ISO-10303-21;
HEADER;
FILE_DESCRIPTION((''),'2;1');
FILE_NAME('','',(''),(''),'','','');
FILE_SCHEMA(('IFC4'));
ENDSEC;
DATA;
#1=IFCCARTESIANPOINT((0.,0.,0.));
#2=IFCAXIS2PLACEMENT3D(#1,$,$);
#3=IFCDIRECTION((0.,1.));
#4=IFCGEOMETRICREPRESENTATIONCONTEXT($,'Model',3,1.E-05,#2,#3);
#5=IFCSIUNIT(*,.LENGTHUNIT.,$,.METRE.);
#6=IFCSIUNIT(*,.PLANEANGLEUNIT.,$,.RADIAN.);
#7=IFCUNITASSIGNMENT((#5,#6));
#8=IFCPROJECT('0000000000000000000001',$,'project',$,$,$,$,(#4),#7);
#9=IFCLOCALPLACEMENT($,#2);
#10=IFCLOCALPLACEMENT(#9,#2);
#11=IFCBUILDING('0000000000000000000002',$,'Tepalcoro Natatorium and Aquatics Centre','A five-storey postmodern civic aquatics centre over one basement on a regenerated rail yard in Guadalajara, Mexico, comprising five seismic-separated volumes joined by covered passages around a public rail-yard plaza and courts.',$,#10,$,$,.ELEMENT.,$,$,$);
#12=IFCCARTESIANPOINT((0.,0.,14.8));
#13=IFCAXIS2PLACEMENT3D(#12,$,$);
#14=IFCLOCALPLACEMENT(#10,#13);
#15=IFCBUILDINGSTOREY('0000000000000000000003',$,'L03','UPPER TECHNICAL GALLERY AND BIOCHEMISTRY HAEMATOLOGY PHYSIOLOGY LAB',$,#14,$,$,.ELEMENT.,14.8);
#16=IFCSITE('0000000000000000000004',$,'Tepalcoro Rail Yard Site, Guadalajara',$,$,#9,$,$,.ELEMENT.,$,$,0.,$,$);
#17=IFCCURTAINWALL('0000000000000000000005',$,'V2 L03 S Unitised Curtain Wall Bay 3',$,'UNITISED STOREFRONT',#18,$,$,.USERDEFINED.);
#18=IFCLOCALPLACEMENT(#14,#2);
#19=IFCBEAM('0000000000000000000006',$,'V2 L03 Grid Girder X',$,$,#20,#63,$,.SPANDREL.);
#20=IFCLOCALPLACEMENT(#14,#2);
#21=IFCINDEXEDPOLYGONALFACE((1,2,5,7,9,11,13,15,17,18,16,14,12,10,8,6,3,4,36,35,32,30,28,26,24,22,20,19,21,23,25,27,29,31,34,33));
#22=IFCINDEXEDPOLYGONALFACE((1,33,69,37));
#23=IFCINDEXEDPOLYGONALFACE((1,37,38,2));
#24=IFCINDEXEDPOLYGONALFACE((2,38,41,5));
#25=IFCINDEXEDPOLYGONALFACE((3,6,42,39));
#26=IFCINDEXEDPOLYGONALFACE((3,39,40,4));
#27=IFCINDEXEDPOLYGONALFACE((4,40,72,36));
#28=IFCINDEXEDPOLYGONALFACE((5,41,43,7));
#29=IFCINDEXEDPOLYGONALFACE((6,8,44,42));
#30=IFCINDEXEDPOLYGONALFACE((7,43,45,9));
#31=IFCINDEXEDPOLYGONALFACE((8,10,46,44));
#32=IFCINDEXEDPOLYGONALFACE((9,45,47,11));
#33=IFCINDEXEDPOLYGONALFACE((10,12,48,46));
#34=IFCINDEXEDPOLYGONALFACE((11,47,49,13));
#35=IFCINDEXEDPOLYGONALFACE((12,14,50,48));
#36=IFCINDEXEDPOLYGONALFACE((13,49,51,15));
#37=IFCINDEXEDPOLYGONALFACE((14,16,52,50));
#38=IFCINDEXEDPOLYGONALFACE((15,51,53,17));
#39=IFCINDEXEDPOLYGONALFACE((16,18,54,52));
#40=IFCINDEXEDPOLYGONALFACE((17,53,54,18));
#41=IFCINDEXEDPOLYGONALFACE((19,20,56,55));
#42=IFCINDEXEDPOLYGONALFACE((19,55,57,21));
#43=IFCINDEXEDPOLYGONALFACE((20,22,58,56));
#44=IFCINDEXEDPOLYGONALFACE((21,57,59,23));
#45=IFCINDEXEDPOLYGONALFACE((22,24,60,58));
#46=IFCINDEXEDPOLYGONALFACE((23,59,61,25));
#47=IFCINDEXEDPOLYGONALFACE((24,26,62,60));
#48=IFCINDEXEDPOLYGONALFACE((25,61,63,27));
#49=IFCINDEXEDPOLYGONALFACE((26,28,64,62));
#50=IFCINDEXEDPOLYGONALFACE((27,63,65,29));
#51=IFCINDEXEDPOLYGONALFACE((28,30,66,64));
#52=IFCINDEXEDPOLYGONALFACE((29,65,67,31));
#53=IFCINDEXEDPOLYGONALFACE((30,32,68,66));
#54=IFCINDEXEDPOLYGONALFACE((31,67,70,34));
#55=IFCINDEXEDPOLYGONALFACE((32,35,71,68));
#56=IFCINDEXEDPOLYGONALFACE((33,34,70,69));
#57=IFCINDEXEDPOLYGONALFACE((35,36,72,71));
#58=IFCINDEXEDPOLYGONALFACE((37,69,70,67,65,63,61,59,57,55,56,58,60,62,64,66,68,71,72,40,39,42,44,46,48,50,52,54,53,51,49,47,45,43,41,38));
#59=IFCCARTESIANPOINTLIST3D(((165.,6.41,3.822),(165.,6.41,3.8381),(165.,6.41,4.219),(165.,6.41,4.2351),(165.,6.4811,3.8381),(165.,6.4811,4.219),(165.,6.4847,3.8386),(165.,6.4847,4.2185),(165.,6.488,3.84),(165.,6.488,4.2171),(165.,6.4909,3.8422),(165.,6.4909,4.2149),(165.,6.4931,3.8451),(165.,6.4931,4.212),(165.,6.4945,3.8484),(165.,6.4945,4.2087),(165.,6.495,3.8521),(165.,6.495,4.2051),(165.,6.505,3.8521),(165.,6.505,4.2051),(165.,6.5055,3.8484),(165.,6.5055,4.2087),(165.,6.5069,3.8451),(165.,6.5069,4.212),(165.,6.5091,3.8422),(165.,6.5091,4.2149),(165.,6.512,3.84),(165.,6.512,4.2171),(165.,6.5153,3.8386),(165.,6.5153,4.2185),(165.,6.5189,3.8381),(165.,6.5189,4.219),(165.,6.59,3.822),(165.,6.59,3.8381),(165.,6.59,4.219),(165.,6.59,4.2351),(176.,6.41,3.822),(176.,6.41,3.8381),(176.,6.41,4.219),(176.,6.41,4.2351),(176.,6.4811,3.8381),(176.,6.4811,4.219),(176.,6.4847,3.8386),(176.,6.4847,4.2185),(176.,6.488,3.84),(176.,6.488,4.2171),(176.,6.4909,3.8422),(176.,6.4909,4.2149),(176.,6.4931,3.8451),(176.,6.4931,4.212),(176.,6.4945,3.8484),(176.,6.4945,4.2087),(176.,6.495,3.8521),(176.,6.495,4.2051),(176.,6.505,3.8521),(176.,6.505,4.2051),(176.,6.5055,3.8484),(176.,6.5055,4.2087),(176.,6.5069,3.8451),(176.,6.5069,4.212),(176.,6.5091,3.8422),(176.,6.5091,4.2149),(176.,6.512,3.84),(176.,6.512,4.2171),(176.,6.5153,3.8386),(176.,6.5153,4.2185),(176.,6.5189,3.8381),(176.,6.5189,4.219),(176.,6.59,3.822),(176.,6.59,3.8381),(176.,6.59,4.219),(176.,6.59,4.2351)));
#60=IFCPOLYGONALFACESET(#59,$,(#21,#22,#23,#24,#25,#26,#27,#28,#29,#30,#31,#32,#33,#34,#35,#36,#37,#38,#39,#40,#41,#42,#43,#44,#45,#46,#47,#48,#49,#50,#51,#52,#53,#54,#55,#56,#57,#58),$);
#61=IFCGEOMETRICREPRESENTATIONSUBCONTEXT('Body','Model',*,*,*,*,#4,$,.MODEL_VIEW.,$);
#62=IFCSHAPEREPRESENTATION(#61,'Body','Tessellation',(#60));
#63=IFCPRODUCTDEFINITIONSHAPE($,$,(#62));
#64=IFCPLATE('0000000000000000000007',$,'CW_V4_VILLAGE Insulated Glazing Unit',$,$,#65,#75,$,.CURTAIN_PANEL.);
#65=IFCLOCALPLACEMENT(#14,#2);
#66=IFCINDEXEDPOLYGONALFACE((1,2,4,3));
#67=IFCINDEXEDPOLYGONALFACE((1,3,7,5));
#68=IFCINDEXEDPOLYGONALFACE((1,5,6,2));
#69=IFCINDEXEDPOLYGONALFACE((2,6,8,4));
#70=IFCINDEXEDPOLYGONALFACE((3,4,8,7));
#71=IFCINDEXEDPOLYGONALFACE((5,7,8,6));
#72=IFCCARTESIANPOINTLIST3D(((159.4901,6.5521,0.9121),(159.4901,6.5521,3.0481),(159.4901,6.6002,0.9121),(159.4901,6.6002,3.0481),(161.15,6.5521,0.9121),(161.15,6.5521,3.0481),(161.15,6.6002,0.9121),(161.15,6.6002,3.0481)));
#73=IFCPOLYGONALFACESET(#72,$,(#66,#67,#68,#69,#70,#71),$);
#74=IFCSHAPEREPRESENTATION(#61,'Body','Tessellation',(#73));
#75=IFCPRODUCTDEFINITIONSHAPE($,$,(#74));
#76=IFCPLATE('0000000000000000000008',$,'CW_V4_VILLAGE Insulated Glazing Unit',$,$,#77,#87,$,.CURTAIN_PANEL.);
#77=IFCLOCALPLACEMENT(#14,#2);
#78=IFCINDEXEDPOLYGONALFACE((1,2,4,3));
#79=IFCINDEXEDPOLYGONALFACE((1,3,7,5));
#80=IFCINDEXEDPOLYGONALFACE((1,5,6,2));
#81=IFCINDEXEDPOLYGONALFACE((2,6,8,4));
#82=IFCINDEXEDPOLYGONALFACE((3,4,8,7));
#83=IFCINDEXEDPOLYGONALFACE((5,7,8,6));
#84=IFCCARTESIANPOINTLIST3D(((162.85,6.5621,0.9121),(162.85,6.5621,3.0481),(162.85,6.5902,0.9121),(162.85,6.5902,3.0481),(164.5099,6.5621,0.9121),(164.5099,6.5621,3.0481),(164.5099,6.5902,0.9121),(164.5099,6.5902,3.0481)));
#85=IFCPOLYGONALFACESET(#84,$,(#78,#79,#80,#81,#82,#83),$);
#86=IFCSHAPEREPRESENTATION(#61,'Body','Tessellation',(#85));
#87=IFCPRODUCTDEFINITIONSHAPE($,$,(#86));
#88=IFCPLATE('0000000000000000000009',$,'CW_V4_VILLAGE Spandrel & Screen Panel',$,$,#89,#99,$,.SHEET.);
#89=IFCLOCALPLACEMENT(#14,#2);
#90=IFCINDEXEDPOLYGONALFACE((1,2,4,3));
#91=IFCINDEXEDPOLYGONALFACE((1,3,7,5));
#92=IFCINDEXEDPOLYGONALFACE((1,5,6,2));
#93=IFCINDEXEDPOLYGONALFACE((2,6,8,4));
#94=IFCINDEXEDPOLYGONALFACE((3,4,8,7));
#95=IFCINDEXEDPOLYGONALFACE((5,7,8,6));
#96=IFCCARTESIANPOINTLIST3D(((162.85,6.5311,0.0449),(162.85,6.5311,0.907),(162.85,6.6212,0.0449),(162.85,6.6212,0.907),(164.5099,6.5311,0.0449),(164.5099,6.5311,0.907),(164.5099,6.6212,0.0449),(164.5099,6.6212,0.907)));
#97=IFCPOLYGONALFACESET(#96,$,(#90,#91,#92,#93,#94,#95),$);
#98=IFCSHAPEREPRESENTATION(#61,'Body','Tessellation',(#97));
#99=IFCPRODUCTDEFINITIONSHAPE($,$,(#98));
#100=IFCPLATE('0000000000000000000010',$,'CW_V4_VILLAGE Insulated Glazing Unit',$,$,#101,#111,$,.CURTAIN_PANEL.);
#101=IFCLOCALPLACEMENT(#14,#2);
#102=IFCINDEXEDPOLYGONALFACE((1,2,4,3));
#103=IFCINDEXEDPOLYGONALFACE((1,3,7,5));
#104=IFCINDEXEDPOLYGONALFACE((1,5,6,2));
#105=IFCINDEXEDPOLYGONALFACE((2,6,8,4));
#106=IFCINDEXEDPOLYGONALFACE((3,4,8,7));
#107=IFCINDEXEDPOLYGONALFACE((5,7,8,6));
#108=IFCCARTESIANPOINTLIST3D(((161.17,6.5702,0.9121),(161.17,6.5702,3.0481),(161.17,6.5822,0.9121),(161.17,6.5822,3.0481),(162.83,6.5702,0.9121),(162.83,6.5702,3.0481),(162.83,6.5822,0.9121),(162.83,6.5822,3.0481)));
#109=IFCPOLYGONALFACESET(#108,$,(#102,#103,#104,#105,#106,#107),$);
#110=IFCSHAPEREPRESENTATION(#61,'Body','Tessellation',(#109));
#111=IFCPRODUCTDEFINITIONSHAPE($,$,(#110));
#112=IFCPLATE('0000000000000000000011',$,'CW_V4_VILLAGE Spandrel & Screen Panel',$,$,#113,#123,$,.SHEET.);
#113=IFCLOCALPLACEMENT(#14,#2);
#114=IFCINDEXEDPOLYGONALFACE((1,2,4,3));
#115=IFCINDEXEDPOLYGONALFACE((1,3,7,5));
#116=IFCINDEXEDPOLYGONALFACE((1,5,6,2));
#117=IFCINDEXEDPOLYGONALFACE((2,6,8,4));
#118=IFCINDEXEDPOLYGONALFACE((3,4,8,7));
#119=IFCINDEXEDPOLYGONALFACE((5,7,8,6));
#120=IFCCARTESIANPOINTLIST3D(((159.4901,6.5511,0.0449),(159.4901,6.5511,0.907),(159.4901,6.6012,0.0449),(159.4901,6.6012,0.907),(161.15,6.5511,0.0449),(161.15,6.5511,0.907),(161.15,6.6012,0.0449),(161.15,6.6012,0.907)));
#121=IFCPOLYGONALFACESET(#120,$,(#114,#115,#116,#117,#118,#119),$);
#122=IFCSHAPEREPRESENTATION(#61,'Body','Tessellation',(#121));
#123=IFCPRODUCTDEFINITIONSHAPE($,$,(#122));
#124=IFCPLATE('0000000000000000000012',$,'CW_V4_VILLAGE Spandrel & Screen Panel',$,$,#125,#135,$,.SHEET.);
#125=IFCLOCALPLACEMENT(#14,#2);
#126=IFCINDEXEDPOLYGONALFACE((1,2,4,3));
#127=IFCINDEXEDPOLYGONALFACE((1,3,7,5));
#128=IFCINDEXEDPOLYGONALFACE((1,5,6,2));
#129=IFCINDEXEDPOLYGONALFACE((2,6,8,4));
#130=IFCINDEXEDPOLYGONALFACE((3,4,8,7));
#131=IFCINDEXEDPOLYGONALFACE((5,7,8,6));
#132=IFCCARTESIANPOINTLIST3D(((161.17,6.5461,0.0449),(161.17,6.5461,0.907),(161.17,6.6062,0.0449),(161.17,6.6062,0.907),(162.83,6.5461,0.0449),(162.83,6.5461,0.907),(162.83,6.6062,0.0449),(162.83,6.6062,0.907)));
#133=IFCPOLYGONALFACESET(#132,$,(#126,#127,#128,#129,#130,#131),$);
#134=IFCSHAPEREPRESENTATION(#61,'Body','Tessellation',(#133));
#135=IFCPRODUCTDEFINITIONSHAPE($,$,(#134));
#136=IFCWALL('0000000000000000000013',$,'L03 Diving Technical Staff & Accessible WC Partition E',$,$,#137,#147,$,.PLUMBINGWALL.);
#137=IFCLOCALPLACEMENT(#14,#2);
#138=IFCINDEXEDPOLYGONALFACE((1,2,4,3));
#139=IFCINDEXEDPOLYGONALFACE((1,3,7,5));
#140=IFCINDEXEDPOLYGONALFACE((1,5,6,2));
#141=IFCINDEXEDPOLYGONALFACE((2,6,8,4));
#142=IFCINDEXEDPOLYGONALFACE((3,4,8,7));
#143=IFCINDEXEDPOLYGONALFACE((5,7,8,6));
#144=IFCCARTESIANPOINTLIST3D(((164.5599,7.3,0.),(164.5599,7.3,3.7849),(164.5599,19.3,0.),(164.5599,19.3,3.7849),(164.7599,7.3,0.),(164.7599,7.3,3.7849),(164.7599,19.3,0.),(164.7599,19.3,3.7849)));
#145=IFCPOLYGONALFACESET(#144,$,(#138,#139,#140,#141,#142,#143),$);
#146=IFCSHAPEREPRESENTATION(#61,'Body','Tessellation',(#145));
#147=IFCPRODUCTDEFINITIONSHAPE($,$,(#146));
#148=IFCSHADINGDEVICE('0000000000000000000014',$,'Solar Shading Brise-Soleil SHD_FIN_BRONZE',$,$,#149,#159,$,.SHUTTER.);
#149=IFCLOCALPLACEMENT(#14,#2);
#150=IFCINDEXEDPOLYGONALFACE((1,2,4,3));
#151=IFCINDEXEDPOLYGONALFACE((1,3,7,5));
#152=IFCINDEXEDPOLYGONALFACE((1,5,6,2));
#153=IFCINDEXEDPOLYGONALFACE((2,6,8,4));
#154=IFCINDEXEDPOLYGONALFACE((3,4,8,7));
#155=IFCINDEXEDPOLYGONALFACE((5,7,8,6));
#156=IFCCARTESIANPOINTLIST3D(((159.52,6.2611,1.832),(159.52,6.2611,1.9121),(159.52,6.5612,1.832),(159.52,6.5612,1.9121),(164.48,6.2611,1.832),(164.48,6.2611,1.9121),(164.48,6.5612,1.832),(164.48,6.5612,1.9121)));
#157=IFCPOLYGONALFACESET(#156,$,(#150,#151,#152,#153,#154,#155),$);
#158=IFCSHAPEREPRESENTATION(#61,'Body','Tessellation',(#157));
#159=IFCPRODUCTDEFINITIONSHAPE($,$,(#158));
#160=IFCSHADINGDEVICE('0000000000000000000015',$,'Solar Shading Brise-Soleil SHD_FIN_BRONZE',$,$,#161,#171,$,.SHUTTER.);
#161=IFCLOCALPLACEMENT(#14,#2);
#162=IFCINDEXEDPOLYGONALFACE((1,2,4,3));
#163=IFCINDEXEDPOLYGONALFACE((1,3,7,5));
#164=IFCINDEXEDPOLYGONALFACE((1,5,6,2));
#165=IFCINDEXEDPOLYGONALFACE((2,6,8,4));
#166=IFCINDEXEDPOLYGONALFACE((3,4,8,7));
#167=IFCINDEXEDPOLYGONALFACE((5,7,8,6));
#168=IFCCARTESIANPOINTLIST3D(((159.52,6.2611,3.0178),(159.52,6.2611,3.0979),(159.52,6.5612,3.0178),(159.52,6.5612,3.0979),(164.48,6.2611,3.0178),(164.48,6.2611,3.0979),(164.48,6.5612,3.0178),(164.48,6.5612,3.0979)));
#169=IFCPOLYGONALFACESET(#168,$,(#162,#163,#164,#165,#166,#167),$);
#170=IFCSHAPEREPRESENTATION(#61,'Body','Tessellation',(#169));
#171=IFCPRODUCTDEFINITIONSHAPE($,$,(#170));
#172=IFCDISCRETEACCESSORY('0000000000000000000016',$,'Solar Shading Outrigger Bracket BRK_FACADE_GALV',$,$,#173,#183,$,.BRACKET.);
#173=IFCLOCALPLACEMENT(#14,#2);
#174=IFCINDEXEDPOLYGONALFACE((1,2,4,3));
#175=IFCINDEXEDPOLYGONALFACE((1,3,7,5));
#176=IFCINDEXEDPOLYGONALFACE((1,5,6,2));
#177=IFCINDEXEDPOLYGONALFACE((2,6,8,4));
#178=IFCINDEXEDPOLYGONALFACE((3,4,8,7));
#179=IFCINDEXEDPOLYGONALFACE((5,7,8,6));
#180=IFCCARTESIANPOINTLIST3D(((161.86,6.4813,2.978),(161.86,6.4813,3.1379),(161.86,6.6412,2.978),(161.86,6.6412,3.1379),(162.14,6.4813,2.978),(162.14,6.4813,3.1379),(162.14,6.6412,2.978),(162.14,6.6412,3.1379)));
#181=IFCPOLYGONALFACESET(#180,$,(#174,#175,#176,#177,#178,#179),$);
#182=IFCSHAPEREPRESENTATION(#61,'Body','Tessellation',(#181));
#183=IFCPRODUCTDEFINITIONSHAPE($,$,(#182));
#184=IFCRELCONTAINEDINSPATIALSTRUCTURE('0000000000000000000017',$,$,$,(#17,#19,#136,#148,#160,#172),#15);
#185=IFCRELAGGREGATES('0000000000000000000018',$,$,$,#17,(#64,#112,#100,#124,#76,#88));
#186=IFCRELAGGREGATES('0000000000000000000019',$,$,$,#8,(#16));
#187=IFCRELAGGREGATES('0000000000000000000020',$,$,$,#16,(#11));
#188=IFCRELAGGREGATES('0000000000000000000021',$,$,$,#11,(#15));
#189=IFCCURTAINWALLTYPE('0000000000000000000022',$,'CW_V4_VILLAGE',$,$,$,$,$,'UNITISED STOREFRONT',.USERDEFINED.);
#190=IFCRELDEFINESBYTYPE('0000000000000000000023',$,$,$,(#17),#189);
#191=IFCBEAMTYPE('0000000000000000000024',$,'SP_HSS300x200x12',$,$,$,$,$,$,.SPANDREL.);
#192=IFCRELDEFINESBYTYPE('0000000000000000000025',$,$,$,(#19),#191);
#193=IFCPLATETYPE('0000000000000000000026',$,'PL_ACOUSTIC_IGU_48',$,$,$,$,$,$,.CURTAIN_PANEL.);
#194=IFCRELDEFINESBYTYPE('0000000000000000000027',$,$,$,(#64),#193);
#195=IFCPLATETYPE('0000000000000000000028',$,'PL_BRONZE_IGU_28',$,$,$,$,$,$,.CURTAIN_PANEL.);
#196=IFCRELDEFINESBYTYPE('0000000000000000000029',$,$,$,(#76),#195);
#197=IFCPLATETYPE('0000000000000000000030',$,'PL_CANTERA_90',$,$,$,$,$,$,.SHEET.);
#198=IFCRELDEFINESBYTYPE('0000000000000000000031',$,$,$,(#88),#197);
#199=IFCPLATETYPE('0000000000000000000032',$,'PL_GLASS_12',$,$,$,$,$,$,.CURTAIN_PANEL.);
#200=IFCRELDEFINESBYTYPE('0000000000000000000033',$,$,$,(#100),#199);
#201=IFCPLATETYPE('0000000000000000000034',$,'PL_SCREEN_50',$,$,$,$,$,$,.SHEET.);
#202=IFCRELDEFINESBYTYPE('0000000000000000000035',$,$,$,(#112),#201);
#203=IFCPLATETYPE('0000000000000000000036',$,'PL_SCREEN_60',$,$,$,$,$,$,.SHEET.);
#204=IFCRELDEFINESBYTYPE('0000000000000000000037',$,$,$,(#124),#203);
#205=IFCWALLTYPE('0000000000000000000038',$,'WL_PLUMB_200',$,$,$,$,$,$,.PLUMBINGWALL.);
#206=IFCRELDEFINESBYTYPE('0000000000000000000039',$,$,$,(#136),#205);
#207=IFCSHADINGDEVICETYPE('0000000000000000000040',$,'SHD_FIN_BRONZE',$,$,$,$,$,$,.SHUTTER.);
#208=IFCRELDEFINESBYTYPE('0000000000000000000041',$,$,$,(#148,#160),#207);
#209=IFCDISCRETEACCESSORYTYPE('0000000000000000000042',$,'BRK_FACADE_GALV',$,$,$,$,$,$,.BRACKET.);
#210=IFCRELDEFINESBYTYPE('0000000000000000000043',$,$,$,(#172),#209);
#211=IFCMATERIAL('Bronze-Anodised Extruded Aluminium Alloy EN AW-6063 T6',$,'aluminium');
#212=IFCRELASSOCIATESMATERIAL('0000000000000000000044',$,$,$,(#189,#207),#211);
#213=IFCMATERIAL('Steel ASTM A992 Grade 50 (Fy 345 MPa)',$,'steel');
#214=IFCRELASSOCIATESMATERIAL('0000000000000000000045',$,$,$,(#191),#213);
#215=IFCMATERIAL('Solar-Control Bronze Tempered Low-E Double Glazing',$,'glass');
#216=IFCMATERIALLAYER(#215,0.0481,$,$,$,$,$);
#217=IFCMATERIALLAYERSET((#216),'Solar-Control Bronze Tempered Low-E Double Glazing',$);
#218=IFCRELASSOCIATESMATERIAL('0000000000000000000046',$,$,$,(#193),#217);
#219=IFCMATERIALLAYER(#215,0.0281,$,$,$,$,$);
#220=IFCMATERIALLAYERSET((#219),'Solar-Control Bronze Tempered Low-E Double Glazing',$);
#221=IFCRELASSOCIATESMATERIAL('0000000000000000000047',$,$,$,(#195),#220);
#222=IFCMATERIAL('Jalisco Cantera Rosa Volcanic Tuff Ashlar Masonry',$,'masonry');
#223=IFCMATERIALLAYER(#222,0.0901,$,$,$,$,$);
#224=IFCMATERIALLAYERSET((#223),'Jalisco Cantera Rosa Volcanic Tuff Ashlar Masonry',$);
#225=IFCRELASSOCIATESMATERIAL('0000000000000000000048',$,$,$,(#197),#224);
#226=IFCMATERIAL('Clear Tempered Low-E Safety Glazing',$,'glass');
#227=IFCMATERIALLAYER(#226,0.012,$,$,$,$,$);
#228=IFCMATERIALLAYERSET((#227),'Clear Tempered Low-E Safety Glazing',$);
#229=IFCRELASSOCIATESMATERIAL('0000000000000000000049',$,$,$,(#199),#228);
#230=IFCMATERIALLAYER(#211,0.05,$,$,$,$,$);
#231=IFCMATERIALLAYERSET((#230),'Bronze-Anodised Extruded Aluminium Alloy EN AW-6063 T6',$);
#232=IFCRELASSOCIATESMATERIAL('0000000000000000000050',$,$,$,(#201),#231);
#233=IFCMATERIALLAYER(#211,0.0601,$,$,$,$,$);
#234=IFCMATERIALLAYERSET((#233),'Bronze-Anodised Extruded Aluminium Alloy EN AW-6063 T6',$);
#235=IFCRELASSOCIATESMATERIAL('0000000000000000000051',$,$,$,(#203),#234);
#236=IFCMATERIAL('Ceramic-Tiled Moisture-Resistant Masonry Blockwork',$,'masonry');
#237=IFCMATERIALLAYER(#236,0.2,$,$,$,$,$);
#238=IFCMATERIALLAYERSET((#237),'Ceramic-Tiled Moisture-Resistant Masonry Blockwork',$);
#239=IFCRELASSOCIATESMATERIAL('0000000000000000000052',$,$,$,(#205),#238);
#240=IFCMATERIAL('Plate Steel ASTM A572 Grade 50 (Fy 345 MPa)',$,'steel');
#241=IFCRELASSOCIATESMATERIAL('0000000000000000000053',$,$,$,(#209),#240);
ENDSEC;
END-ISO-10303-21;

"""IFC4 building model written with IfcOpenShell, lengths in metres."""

from ifc_helpers import new_model, si_unit, direction, frame, frame_2d, origin, origin_2d, place, context, subcontext, project, spatial, rectangle, i_section, extrude, material, layer, layer_set, material_profile, profile_set, type_object, element, aggregate, save


model = new_model("IFC4")

# Units and contexts
model_context = context("Model", 3, precision=1e-05, world=origin(), true_north=direction((0.0, 1.0)))
body_context = subcontext(model_context, "Body", "Model", "MODEL_VIEW")
ifc_project = project(units=[si_unit("LENGTHUNIT", "METRE"), si_unit("PLANEANGLEUNIT", "RADIAN")], contexts=[model_context])

# Site, building, storey
site_placement = place(None, origin())
site = spatial("IfcSite", under=ifc_project, at=site_placement, Name="Tepalcoro Rail Yard Site, Guadalajara", CompositionType="ELEMENT", RefElevation=0.0)
building_placement = place(site_placement, origin())
building = spatial("IfcBuilding", under=site, at=building_placement, Name="Tepalcoro Natatorium and Aquatics Centre", Description="A five-storey postmodern civic aquatics centre over one basement on a regenerated rail yard in Guadalajara, Mexico, comprising five seismic-separated volumes joined by covered passages around a public rail-yard plaza and courts.", CompositionType="ELEMENT")
storey_placement = place(building_placement, frame((0.0, 0.0, 14.8)))
storey = spatial("IfcBuildingStorey", under=building, at=storey_placement, Name="L03", Description="UPPER TECHNICAL GALLERY AND BIOCHEMISTRY HAEMATOLOGY PHYSIOLOGY LAB", CompositionType="ELEMENT", Elevation=14.8)

# Shared definitions
ifc_material_1 = material(Name="Steel ASTM A992 Grade 50 (Fy 345 MPa)", Category="steel")

# Shared definitions
ifc_material_2 = material(Name="Bronze-Anodised Extruded Aluminium Alloy EN AW-6063 T6", Category="aluminium")

# Curtain wall
curtain_wall_type_1 = type_object("IfcCurtainWallType", Name="CW_V4_VILLAGE", ElementType="UNITISED STOREFRONT", PredefinedType="USERDEFINED", material=ifc_material_2)
curtain_wall_1_placement = place(storey_placement, origin())
curtain_wall_1 = element("IfcCurtainWall", 1, at=curtain_wall_1_placement, inside=storey, type_object=curtain_wall_type_1, Name="V2 L03 S Unitised Curtain Wall Bay 3", ObjectType="UNITISED STOREFRONT", PredefinedType="USERDEFINED")

# Beam
ifc_material_profile_1 = material_profile(ifc_material_1, i_section(OverallWidth=0.1799, OverallDepth=0.4131, WebThickness=0.01, FlangeThickness=0.0161, FilletRadius=0.0139, at=origin_2d()), Name="W16X50")
ifc_profile_set_1 = profile_set([ifc_material_profile_1], Name="Steel ASTM A992 Grade 50 (Fy 345 MPa)")
beam_type = type_object("IfcBeamType", Name="SP_HSS300x200x12", PredefinedType="SPANDREL", material=ifc_profile_set_1)
beam_placement = place(storey_placement, frame((165.0, 6.5, 4.0286), z_axis=(1.0, 0.0, 0.0), x_axis=(0.0, 1.0, 0.0)))
element("IfcBeam", 2, at=beam_placement, inside=storey, type_object=beam_type, Name="V2 L03 Grid Girder X", PredefinedType="SPANDREL", context=body_context, shape_type="SweptSolid", body=[
    extrude(i_section(OverallWidth=0.1799, OverallDepth=0.4131, WebThickness=0.01, FlangeThickness=0.0161, FilletRadius=0.0139, at=origin_2d()), origin(), (0.0, 0.0, 1.0), 11.0),
])

# Plates
ifc_material_3 = material(Name="Solar-Control Bronze Tempered Low-E Double Glazing", Category="glass")
ifc_layer_1 = layer(ifc_material_3, 0.0481)
ifc_layer_set_1 = layer_set([ifc_layer_1], Name="Solar-Control Bronze Tempered Low-E Double Glazing")
plate_type_1 = type_object("IfcPlateType", Name="PL_ACOUSTIC_IGU_48", PredefinedType="CURTAIN_PANEL", material=ifc_layer_set_1)
plate_1_placement = place(storey_placement, frame((160.3201, 6.5762, 0.9121), z_axis=(0.0, 0.0, 1.0), x_axis=(1.0, 0.0, 0.0)))
plate_1 = element("IfcPlate", 3, at=plate_1_placement, type_object=plate_type_1, Name="CW_V4_VILLAGE Insulated Glazing Unit", PredefinedType="CURTAIN_PANEL", context=body_context, shape_type="SweptSolid", body=[
    extrude(rectangle(XDim=1.6599, YDim=0.0481, at=origin_2d()), origin(), (0.0, 0.0, 1.0), 2.136),
])
ifc_layer_2 = layer(ifc_material_3, 0.0281)
ifc_layer_set_2 = layer_set([ifc_layer_2], Name="Solar-Control Bronze Tempered Low-E Double Glazing")
plate_type_2 = type_object("IfcPlateType", Name="PL_BRONZE_IGU_28", PredefinedType="CURTAIN_PANEL", material=ifc_layer_set_2)
plate_2_placement = place(storey_placement, frame((163.6799, 6.5762, 0.9121), z_axis=(0.0, 0.0, 1.0), x_axis=(1.0, 0.0, 0.0)))
plate_2 = element("IfcPlate", 4, at=plate_2_placement, type_object=plate_type_2, Name="CW_V4_VILLAGE Insulated Glazing Unit", PredefinedType="CURTAIN_PANEL", context=body_context, shape_type="SweptSolid", body=[
    extrude(rectangle(XDim=1.6599, YDim=0.0281, at=origin_2d()), origin(), (0.0, 0.0, 1.0), 2.136),
])
ifc_material_4 = material(Name="Jalisco Cantera Rosa Volcanic Tuff Ashlar Masonry", Category="masonry")
ifc_layer_3 = layer(ifc_material_4, 0.0901)
ifc_layer_set_3 = layer_set([ifc_layer_3], Name="Jalisco Cantera Rosa Volcanic Tuff Ashlar Masonry")
plate_type_3 = type_object("IfcPlateType", Name="PL_CANTERA_90", PredefinedType="SHEET", material=ifc_layer_set_3)
plate_3_placement = place(storey_placement, frame((163.6799, 6.5762, 0.0449), z_axis=(0.0, 0.0, 1.0), x_axis=(1.0, 0.0, 0.0)))
plate_3 = element("IfcPlate", 5, at=plate_3_placement, type_object=plate_type_3, Name="CW_V4_VILLAGE Spandrel & Screen Panel", PredefinedType="SHEET", context=body_context, shape_type="SweptSolid", body=[
    extrude(rectangle(XDim=1.6599, YDim=0.0901, at=origin_2d()), origin(), (0.0, 0.0, 1.0), 0.8621),
])
ifc_material_5 = material(Name="Clear Tempered Low-E Safety Glazing", Category="glass")
ifc_layer_4 = layer(ifc_material_5, 0.012)
ifc_layer_set_4 = layer_set([ifc_layer_4], Name="Clear Tempered Low-E Safety Glazing")
plate_type_4 = type_object("IfcPlateType", Name="PL_GLASS_12", PredefinedType="CURTAIN_PANEL", material=ifc_layer_set_4)
plate_4_placement = place(storey_placement, frame((162.0, 6.5762, 0.9121), z_axis=(0.0, 0.0, 1.0), x_axis=(1.0, 0.0, 0.0)))
plate_4 = element("IfcPlate", 6, at=plate_4_placement, type_object=plate_type_4, Name="CW_V4_VILLAGE Insulated Glazing Unit", PredefinedType="CURTAIN_PANEL", context=body_context, shape_type="SweptSolid", body=[
    extrude(rectangle(XDim=1.6599, YDim=0.012, at=origin_2d()), origin(), (0.0, 0.0, 1.0), 2.136),
])
ifc_layer_5 = layer(ifc_material_2, 0.05)
ifc_layer_set_5 = layer_set([ifc_layer_5], Name="Bronze-Anodised Extruded Aluminium Alloy EN AW-6063 T6")
plate_type_5 = type_object("IfcPlateType", Name="PL_SCREEN_50", PredefinedType="SHEET", material=ifc_layer_set_5)
plate_5_placement = place(storey_placement, frame((160.3201, 6.5762, 0.0449), z_axis=(0.0, 0.0, 1.0), x_axis=(1.0, 0.0, 0.0)))
plate_5 = element("IfcPlate", 7, at=plate_5_placement, type_object=plate_type_5, Name="CW_V4_VILLAGE Spandrel & Screen Panel", PredefinedType="SHEET", context=body_context, shape_type="SweptSolid", body=[
    extrude(rectangle(XDim=1.6599, YDim=0.05, at=origin_2d()), origin(), (0.0, 0.0, 1.0), 0.8621),
])
ifc_layer_6 = layer(ifc_material_2, 0.0601)
ifc_layer_set_6 = layer_set([ifc_layer_6], Name="Bronze-Anodised Extruded Aluminium Alloy EN AW-6063 T6")
plate_type_6 = type_object("IfcPlateType", Name="PL_SCREEN_60", PredefinedType="SHEET", material=ifc_layer_set_6)
plate_6_placement = place(storey_placement, frame((162.0, 6.5762, 0.0449), z_axis=(0.0, 0.0, 1.0), x_axis=(1.0, 0.0, 0.0)))
plate_6 = element("IfcPlate", 8, at=plate_6_placement, type_object=plate_type_6, Name="CW_V4_VILLAGE Spandrel & Screen Panel", PredefinedType="SHEET", context=body_context, shape_type="SweptSolid", body=[
    extrude(rectangle(XDim=1.6599, YDim=0.0601, at=origin_2d()), origin(), (0.0, 0.0, 1.0), 0.8621),
])
aggregate(curtain_wall_1, [plate_1, plate_5, plate_4, plate_6, plate_2, plate_3])

# Wall
ifc_material_6 = material(Name="Ceramic-Tiled Moisture-Resistant Masonry Blockwork", Category="masonry")
ifc_layer_7 = layer(ifc_material_6, 0.2)
ifc_layer_set_7 = layer_set([ifc_layer_7], Name="Ceramic-Tiled Moisture-Resistant Masonry Blockwork")
wall_type = type_object("IfcWallType", Name="WL_PLUMB_200", PredefinedType="PLUMBINGWALL", material=ifc_layer_set_7)
wall_placement = place(storey_placement, frame((164.6599, 7.3, 0.0), z_axis=(0.0, 0.0, 1.0), x_axis=(0.0, 1.0, 0.0)))
element("IfcWall", 9, at=wall_placement, inside=storey, type_object=wall_type, Name="L03 Diving Technical Staff & Accessible WC Partition E", PredefinedType="PLUMBINGWALL", context=body_context, shape_type="SweptSolid", body=[
    extrude(rectangle(XDim=12.0, YDim=0.2, at=frame_2d((6.0, 0.0))), origin(), (0.0, 0.0, 1.0), 3.7849),
])

# Shading devices
shading_device_type = type_object("IfcShadingDeviceType", Name="SHD_FIN_BRONZE", PredefinedType="SHUTTER", material=ifc_material_2)
for number, where, z_axis, x_axis, name in (
    (10, (162.0, 6.4111, 1.832), (0.0, 0.0, 1.0), (1.0, 0.0, 0.0), "Solar Shading Brise-Soleil SHD_FIN_BRONZE"),
    (11, (162.0, 6.4111, 3.0178), (0.0, 0.0, 1.0), (1.0, 0.0, 0.0), "Solar Shading Brise-Soleil SHD_FIN_BRONZE"),
):
    element("IfcShadingDevice", number, at=place(storey_placement, frame(where, z_axis=z_axis, x_axis=x_axis)), inside=storey, type_object=shading_device_type, Name=name, PredefinedType="SHUTTER", context=body_context, shape_type="SweptSolid", body=[
        extrude(rectangle(XDim=4.96, YDim=0.3, at=origin_2d()), origin(), (0.0, 0.0, 1.0), 0.0801),
    ])

# Discrete accessory
ifc_material_7 = material(Name="Plate Steel ASTM A572 Grade 50 (Fy 345 MPa)", Category="steel")
discrete_accessory_type = type_object("IfcDiscreteAccessoryType", Name="BRK_FACADE_GALV", PredefinedType="BRACKET", material=ifc_material_7)
discrete_accessory_placement = place(storey_placement, frame((162.0, 6.5613, 2.978), z_axis=(0.0, 0.0, 1.0), x_axis=(1.0, 0.0, 0.0)))
element("IfcDiscreteAccessory", 12, at=discrete_accessory_placement, inside=storey, type_object=discrete_accessory_type, Name="Solar Shading Outrigger Bracket BRK_FACADE_GALV", PredefinedType="BRACKET", context=body_context, shape_type="SweptSolid", body=[
    extrude(rectangle(XDim=0.28, YDim=0.1599, at=origin_2d()), origin(), (0.0, 0.0, 1.0), 0.1599),
])

save(model, "model.ifc")
